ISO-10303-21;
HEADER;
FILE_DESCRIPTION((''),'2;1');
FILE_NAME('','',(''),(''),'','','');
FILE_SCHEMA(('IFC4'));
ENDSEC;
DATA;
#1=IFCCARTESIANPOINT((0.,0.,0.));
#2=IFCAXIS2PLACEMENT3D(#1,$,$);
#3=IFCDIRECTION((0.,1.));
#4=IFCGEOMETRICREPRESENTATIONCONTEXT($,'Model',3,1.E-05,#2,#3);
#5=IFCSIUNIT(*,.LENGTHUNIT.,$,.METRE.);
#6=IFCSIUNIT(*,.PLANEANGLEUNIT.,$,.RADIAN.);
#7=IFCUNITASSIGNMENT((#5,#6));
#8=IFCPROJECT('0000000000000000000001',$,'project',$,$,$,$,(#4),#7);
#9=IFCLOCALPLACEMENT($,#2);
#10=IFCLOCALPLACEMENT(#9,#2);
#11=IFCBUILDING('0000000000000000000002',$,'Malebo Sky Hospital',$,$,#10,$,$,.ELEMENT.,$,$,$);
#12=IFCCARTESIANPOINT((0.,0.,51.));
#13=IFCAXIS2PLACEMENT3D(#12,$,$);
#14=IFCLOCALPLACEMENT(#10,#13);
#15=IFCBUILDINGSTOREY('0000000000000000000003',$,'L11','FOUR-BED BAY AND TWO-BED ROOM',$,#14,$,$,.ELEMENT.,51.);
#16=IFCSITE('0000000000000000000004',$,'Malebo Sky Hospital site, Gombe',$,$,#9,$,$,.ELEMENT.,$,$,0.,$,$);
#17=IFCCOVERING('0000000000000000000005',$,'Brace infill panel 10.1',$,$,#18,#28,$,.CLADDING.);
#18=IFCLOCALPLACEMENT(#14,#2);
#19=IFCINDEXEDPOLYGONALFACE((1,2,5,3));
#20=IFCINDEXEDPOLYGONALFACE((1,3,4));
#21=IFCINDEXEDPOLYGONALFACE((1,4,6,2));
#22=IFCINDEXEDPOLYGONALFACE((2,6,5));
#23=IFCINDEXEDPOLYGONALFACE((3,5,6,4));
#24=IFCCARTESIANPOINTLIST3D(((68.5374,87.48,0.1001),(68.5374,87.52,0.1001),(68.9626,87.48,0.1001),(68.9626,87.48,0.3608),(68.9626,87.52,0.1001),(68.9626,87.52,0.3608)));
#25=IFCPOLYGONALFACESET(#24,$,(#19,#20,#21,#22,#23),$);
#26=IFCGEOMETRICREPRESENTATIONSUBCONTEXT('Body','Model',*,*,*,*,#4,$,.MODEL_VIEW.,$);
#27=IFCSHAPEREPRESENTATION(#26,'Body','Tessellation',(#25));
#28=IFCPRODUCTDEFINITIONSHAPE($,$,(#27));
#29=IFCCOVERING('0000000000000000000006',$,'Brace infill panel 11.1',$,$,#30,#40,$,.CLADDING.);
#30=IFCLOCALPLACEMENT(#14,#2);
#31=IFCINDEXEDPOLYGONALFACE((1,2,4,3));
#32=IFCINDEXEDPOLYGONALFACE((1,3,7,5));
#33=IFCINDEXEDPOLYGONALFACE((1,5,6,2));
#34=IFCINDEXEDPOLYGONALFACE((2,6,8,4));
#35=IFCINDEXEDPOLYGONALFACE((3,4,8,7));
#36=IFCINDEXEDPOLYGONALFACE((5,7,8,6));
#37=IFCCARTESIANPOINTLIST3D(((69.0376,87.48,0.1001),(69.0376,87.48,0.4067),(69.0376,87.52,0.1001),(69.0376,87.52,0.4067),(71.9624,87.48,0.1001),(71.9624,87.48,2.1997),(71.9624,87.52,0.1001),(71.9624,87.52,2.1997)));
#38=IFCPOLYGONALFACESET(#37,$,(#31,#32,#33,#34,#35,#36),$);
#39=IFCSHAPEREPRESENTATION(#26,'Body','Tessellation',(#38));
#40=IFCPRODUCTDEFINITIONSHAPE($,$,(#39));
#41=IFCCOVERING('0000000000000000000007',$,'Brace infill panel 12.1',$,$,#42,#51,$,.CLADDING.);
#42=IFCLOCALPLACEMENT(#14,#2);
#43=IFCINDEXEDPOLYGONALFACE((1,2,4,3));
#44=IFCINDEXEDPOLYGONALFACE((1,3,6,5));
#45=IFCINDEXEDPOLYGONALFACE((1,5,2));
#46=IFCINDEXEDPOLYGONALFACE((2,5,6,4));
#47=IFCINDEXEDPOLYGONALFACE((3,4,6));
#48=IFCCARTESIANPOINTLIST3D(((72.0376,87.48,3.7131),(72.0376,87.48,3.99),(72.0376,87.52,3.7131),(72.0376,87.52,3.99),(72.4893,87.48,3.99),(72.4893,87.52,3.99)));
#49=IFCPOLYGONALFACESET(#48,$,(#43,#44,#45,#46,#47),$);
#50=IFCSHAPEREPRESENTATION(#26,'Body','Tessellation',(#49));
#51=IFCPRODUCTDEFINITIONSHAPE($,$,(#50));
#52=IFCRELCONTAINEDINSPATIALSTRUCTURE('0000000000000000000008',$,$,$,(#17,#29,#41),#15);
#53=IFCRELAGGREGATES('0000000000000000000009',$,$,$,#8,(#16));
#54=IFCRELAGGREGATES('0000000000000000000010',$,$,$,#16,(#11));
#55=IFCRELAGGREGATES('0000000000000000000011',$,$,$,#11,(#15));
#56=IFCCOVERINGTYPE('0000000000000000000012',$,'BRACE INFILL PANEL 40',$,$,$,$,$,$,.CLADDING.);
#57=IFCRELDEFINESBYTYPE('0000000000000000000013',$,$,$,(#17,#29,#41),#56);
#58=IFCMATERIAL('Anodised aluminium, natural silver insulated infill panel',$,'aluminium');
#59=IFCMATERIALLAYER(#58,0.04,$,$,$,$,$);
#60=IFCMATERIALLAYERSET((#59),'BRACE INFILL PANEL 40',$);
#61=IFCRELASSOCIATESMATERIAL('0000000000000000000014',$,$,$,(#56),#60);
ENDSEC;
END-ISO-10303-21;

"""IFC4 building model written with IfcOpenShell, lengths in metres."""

from ifc_helpers import new_model, si_unit, direction, frame, origin, place, context, subcontext, project, spatial, polyline, outline, extrude, material, layer, layer_set, type_object, element, save


model = new_model("IFC4")

# Units and contexts
model_context = context("Model", 3, precision=1e-05, world=origin(), true_north=direction((0.0, 1.0)))
body_context = subcontext(model_context, "Body", "Model", "MODEL_VIEW")
ifc_project = project(units=[si_unit("LENGTHUNIT", "METRE"), si_unit("PLANEANGLEUNIT", "RADIAN")], contexts=[model_context])

# Site, building, storey
site_placement = place(None, origin())
site = spatial("IfcSite", under=ifc_project, at=site_placement, Name="Malebo Sky Hospital site, Gombe", CompositionType="ELEMENT", RefElevation=0.0)
building_placement = place(site_placement, origin())
building = spatial("IfcBuilding", under=site, at=building_placement, Name="Malebo Sky Hospital", CompositionType="ELEMENT")
storey_placement = place(building_placement, frame((0.0, 0.0, 51.0)))
storey = spatial("IfcBuildingStorey", under=building, at=storey_placement, Name="L11", Description="FOUR-BED BAY AND TWO-BED ROOM", CompositionType="ELEMENT", Elevation=51.0)

# Coverings
ifc_material_1 = material(Name="Anodised aluminium, natural silver insulated infill panel", Category="aluminium")
ifc_layer_1 = layer(ifc_material_1, 0.04)
ifc_layer_set_1 = layer_set([ifc_layer_1], Name="BRACE INFILL PANEL 40")
covering_type = type_object("IfcCoveringType", Name="BRACE INFILL PANEL 40", PredefinedType="CLADDING", material=ifc_layer_set_1)
covering_1_placement = place(storey_placement, frame((68.75, 87.5, 0.1001), z_axis=(0.0, 0.0, 1.0), x_axis=(1.0, 0.0, 0.0)))
element("IfcCovering", 1, at=covering_1_placement, inside=storey, type_object=covering_type, Name="Brace infill panel 10.1", PredefinedType="CLADDING", context=body_context, shape_type="SweptSolid", body=[
    extrude(outline(polyline([(-0.2126, 0.0), (0.2126, 0.0), (0.2126, 0.2607), (-0.2126, 0.0)])), frame((0.0, 0.02, 0.0), z_axis=(0.0, -1.0, 0.0), x_axis=(1.0, 0.0, 0.0)), (0.0, 0.0, 1.0), 0.04),
])
covering_2_placement = place(storey_placement, frame((70.5, 87.5, 0.1001), z_axis=(0.0, 0.0, 1.0), x_axis=(1.0, 0.0, 0.0)))
element("IfcCovering", 2, at=covering_2_placement, inside=storey, type_object=covering_type, Name="Brace infill panel 11.1", PredefinedType="CLADDING", context=body_context, shape_type="SweptSolid", body=[
    extrude(outline(polyline([(-1.4624, 0.0), (1.4624, 0.0), (1.4624, 2.0996), (-1.4624, 0.3066), (-1.4624, 0.0)])), frame((0.0, 0.02, 0.0), z_axis=(0.0, -1.0, 0.0), x_axis=(1.0, 0.0, 0.0)), (0.0, 0.0, 1.0), 0.04),
])
covering_3_placement = place(storey_placement, frame((72.2634, 87.5, 3.7131), z_axis=(0.0, 0.0, 1.0), x_axis=(1.0, 0.0, 0.0)))
element("IfcCovering", 3, at=covering_3_placement, inside=storey, type_object=covering_type, Name="Brace infill panel 12.1", PredefinedType="CLADDING", context=body_context, shape_type="SweptSolid", body=[
    extrude(outline(polyline([(-0.2258, 0.0), (0.2258, 0.2769), (-0.2258, 0.2769), (-0.2258, 0.0)])), frame((0.0, 0.02, 0.0), z_axis=(0.0, -1.0, 0.0), x_axis=(1.0, 0.0, 0.0)), (0.0, 0.0, 1.0), 0.04),
])

save(model, "model.ifc")
